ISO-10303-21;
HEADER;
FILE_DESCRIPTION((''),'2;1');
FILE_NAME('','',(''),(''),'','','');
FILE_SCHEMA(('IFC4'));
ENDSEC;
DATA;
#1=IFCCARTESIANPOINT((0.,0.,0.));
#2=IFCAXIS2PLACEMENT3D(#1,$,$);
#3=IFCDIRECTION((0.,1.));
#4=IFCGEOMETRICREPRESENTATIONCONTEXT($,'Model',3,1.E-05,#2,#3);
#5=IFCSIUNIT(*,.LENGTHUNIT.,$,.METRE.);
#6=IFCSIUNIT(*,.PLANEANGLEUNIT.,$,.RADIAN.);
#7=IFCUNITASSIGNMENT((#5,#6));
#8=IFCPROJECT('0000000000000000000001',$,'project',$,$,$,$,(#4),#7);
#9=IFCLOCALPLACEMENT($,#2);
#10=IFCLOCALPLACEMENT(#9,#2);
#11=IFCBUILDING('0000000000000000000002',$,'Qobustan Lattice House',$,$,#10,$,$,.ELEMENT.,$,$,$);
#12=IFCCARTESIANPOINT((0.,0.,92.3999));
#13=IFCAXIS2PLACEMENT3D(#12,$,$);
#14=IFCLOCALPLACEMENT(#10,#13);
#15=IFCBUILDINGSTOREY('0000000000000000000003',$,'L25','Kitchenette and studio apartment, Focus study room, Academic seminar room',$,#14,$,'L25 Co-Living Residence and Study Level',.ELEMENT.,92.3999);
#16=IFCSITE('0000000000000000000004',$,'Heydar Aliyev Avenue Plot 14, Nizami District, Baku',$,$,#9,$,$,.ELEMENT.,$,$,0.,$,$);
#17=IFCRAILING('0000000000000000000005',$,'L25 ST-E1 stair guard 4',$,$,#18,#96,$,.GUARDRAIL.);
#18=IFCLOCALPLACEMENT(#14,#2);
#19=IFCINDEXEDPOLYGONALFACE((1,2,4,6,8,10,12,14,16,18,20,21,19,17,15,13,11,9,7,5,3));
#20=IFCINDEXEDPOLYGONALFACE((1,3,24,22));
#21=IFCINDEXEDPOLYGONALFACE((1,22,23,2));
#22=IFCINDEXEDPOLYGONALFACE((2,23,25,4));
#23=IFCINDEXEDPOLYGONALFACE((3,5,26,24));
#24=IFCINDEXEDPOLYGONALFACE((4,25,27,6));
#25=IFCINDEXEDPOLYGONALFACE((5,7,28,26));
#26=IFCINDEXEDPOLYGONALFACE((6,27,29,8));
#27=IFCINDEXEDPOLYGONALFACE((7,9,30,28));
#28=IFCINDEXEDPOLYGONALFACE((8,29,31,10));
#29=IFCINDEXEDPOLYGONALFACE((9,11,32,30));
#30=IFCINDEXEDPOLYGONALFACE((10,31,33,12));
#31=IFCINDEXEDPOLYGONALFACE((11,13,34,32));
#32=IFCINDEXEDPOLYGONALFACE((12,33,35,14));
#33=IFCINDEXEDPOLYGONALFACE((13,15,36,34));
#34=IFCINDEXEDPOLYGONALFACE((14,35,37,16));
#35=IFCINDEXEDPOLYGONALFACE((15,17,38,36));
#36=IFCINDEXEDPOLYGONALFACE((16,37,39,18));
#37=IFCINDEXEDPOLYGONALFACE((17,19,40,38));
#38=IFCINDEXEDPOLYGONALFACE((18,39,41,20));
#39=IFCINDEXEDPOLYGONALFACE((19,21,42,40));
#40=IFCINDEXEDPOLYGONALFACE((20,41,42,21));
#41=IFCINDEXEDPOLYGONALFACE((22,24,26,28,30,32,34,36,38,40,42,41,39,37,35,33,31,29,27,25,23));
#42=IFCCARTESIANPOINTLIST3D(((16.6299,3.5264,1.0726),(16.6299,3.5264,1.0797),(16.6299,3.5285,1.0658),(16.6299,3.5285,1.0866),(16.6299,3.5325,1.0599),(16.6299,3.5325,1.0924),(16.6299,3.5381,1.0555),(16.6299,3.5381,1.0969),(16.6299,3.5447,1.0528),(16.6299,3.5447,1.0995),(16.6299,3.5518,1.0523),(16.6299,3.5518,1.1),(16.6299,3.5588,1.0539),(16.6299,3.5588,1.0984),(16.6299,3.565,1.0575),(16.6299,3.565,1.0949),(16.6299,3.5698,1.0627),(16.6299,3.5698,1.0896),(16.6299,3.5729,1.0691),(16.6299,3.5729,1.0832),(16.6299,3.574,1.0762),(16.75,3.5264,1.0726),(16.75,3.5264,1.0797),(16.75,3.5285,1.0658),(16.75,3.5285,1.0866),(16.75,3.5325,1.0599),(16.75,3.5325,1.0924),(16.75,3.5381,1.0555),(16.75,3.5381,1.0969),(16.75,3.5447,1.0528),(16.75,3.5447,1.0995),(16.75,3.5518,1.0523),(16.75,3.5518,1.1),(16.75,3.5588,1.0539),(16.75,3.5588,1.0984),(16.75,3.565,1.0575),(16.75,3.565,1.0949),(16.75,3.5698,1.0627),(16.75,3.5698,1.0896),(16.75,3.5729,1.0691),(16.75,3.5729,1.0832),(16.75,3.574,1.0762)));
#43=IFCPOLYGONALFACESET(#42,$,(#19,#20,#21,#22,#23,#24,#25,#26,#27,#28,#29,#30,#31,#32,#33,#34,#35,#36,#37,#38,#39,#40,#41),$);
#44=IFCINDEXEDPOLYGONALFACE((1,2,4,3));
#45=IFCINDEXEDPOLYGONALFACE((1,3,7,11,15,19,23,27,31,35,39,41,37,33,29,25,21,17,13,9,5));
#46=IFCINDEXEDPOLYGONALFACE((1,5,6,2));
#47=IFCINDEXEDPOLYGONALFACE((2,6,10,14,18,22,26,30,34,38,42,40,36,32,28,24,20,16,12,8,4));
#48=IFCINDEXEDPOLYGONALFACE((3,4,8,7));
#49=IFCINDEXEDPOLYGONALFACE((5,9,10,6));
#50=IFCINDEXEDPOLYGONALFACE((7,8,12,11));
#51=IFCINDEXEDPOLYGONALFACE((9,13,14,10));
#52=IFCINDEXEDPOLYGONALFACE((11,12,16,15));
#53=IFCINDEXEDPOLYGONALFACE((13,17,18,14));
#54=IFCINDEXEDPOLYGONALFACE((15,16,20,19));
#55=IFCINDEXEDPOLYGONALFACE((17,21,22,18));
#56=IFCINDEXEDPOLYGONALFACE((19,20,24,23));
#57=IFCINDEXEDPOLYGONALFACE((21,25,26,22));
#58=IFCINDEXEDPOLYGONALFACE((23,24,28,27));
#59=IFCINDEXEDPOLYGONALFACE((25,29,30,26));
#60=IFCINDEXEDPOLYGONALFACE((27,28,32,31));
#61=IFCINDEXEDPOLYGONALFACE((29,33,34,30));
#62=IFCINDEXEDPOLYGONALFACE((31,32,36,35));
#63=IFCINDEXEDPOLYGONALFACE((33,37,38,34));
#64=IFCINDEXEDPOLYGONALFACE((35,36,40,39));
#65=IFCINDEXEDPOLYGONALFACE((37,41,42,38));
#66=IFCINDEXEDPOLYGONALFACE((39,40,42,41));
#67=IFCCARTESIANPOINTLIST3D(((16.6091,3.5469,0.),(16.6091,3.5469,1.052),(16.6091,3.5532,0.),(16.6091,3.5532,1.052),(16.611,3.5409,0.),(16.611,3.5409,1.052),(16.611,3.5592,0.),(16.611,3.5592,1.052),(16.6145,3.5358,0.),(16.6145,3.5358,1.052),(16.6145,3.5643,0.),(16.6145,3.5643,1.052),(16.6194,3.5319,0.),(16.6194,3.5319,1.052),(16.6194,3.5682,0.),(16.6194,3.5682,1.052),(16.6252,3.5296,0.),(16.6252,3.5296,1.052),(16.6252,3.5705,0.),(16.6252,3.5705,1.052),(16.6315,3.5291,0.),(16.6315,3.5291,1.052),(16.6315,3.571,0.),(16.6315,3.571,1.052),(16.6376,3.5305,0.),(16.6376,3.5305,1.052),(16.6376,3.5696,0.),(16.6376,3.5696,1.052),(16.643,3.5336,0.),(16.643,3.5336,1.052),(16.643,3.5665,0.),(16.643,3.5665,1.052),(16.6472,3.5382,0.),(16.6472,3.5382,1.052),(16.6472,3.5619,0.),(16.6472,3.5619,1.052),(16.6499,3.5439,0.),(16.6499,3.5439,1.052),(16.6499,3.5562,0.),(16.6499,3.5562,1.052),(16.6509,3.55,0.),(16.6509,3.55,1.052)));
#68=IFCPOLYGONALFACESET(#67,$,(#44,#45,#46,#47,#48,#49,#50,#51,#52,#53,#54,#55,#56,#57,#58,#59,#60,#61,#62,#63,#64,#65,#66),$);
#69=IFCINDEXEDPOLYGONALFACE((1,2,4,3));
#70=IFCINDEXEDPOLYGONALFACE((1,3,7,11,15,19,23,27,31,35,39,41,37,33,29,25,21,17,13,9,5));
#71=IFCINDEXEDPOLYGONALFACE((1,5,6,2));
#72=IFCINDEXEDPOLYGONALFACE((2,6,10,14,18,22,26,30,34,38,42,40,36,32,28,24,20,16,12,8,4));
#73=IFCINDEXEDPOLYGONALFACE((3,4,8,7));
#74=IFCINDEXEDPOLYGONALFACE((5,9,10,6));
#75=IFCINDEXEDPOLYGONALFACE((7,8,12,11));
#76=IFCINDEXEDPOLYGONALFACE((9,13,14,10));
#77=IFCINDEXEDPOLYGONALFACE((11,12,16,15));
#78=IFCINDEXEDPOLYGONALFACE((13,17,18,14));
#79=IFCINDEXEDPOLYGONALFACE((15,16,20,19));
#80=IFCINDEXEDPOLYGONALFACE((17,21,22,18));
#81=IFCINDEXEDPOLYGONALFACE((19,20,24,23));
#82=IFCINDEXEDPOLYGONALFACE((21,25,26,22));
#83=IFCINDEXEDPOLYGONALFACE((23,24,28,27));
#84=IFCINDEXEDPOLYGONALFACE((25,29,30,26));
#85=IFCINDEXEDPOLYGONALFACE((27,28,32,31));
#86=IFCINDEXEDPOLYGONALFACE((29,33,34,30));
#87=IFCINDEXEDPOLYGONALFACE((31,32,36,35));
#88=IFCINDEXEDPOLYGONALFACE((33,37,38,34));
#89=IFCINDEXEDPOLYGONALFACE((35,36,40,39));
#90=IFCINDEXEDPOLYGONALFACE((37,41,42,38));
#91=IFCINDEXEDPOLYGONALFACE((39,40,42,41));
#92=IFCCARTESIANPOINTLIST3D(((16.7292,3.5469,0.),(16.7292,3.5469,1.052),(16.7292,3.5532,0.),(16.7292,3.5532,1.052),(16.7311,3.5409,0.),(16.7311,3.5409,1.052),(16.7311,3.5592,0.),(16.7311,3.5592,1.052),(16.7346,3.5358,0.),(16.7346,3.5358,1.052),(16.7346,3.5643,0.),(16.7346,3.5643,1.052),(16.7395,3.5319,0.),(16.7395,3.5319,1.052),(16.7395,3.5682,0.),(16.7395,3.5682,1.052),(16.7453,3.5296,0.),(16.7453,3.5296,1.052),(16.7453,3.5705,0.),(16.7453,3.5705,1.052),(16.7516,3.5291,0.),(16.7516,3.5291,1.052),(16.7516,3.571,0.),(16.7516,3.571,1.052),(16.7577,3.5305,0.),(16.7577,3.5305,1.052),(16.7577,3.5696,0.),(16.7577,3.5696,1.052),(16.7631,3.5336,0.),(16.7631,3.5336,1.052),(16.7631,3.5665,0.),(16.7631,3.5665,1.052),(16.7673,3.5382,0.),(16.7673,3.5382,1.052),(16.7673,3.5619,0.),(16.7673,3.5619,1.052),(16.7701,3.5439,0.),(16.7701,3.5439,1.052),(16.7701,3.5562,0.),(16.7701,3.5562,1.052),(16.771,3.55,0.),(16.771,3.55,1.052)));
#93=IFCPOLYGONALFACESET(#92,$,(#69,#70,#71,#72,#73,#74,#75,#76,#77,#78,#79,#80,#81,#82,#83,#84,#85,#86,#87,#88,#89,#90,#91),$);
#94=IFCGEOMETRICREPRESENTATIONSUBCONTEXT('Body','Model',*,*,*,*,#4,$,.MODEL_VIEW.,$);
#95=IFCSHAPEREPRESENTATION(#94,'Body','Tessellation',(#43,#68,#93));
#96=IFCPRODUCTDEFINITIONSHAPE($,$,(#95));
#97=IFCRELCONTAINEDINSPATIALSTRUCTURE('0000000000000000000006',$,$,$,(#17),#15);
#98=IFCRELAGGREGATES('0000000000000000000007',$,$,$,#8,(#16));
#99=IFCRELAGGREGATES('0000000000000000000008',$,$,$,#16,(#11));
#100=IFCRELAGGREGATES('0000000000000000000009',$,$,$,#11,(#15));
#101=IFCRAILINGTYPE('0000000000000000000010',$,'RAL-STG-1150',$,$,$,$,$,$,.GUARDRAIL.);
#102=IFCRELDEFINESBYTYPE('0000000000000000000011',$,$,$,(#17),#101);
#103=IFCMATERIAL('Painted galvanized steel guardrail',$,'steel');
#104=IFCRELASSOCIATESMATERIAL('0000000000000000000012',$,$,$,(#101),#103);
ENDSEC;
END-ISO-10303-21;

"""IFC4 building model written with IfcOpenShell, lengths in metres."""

from ifc_helpers import new_model, si_unit, direction, frame, origin, origin_2d, place, context, subcontext, project, spatial, circle, extrude, material, type_object, element, save


model = new_model("IFC4")

# Units and contexts
model_context = context("Model", 3, precision=1e-05, world=origin(), true_north=direction((0.0, 1.0)))
body_context = subcontext(model_context, "Body", "Model", "MODEL_VIEW")
ifc_project = project(units=[si_unit("LENGTHUNIT", "METRE"), si_unit("PLANEANGLEUNIT", "RADIAN")], contexts=[model_context])

# Site, building, storey
site_placement = place(None, origin())
site = spatial("IfcSite", under=ifc_project, at=site_placement, Name="Heydar Aliyev Avenue Plot 14, Nizami District, Baku", CompositionType="ELEMENT", RefElevation=0.0)
building_placement = place(site_placement, origin())
building = spatial("IfcBuilding", under=site, at=building_placement, Name="Qobustan Lattice House", CompositionType="ELEMENT")
storey_placement = place(building_placement, frame((0.0, 0.0, 92.3999)))
storey = spatial("IfcBuildingStorey", under=building, at=storey_placement, Name="L25", Description="Kitchenette and studio apartment, Focus study room, Academic seminar room", LongName="L25 Co-Living Residence and Study Level", CompositionType="ELEMENT", Elevation=92.3999)

# Railing
ifc_material_1 = material(Name="Painted galvanized steel guardrail", Category="steel")
railing_type_1 = type_object("IfcRailingType", Name="RAL-STG-1150", PredefinedType="GUARDRAIL", material=ifc_material_1)
railing_1_placement = place(storey_placement, frame((16.6299, 3.55, 0.0)))
element("IfcRailing", 1, at=railing_1_placement, inside=storey, type_object=railing_type_1, Name="L25 ST-E1 stair guard 4", PredefinedType="GUARDRAIL", context=body_context, shape_type="SweptSolid", body=[
    extrude(circle(Radius=0.0239, at=origin_2d()), frame((0.0, 0.0, 1.0762), z_axis=(1.0, 0.0, 0.0), x_axis=(0.0, 1.0, 0.0)), (0.0, 0.0, 1.0), 0.1201),
    extrude(circle(Radius=0.021, at=origin_2d()), origin(), (0.0, 0.0, 1.0), 1.052),
    extrude(circle(Radius=0.021, at=origin_2d()), frame((0.1201, 0.0, 0.0)), (0.0, 0.0, 1.0), 1.052),
])

save(model, "model.ifc")
